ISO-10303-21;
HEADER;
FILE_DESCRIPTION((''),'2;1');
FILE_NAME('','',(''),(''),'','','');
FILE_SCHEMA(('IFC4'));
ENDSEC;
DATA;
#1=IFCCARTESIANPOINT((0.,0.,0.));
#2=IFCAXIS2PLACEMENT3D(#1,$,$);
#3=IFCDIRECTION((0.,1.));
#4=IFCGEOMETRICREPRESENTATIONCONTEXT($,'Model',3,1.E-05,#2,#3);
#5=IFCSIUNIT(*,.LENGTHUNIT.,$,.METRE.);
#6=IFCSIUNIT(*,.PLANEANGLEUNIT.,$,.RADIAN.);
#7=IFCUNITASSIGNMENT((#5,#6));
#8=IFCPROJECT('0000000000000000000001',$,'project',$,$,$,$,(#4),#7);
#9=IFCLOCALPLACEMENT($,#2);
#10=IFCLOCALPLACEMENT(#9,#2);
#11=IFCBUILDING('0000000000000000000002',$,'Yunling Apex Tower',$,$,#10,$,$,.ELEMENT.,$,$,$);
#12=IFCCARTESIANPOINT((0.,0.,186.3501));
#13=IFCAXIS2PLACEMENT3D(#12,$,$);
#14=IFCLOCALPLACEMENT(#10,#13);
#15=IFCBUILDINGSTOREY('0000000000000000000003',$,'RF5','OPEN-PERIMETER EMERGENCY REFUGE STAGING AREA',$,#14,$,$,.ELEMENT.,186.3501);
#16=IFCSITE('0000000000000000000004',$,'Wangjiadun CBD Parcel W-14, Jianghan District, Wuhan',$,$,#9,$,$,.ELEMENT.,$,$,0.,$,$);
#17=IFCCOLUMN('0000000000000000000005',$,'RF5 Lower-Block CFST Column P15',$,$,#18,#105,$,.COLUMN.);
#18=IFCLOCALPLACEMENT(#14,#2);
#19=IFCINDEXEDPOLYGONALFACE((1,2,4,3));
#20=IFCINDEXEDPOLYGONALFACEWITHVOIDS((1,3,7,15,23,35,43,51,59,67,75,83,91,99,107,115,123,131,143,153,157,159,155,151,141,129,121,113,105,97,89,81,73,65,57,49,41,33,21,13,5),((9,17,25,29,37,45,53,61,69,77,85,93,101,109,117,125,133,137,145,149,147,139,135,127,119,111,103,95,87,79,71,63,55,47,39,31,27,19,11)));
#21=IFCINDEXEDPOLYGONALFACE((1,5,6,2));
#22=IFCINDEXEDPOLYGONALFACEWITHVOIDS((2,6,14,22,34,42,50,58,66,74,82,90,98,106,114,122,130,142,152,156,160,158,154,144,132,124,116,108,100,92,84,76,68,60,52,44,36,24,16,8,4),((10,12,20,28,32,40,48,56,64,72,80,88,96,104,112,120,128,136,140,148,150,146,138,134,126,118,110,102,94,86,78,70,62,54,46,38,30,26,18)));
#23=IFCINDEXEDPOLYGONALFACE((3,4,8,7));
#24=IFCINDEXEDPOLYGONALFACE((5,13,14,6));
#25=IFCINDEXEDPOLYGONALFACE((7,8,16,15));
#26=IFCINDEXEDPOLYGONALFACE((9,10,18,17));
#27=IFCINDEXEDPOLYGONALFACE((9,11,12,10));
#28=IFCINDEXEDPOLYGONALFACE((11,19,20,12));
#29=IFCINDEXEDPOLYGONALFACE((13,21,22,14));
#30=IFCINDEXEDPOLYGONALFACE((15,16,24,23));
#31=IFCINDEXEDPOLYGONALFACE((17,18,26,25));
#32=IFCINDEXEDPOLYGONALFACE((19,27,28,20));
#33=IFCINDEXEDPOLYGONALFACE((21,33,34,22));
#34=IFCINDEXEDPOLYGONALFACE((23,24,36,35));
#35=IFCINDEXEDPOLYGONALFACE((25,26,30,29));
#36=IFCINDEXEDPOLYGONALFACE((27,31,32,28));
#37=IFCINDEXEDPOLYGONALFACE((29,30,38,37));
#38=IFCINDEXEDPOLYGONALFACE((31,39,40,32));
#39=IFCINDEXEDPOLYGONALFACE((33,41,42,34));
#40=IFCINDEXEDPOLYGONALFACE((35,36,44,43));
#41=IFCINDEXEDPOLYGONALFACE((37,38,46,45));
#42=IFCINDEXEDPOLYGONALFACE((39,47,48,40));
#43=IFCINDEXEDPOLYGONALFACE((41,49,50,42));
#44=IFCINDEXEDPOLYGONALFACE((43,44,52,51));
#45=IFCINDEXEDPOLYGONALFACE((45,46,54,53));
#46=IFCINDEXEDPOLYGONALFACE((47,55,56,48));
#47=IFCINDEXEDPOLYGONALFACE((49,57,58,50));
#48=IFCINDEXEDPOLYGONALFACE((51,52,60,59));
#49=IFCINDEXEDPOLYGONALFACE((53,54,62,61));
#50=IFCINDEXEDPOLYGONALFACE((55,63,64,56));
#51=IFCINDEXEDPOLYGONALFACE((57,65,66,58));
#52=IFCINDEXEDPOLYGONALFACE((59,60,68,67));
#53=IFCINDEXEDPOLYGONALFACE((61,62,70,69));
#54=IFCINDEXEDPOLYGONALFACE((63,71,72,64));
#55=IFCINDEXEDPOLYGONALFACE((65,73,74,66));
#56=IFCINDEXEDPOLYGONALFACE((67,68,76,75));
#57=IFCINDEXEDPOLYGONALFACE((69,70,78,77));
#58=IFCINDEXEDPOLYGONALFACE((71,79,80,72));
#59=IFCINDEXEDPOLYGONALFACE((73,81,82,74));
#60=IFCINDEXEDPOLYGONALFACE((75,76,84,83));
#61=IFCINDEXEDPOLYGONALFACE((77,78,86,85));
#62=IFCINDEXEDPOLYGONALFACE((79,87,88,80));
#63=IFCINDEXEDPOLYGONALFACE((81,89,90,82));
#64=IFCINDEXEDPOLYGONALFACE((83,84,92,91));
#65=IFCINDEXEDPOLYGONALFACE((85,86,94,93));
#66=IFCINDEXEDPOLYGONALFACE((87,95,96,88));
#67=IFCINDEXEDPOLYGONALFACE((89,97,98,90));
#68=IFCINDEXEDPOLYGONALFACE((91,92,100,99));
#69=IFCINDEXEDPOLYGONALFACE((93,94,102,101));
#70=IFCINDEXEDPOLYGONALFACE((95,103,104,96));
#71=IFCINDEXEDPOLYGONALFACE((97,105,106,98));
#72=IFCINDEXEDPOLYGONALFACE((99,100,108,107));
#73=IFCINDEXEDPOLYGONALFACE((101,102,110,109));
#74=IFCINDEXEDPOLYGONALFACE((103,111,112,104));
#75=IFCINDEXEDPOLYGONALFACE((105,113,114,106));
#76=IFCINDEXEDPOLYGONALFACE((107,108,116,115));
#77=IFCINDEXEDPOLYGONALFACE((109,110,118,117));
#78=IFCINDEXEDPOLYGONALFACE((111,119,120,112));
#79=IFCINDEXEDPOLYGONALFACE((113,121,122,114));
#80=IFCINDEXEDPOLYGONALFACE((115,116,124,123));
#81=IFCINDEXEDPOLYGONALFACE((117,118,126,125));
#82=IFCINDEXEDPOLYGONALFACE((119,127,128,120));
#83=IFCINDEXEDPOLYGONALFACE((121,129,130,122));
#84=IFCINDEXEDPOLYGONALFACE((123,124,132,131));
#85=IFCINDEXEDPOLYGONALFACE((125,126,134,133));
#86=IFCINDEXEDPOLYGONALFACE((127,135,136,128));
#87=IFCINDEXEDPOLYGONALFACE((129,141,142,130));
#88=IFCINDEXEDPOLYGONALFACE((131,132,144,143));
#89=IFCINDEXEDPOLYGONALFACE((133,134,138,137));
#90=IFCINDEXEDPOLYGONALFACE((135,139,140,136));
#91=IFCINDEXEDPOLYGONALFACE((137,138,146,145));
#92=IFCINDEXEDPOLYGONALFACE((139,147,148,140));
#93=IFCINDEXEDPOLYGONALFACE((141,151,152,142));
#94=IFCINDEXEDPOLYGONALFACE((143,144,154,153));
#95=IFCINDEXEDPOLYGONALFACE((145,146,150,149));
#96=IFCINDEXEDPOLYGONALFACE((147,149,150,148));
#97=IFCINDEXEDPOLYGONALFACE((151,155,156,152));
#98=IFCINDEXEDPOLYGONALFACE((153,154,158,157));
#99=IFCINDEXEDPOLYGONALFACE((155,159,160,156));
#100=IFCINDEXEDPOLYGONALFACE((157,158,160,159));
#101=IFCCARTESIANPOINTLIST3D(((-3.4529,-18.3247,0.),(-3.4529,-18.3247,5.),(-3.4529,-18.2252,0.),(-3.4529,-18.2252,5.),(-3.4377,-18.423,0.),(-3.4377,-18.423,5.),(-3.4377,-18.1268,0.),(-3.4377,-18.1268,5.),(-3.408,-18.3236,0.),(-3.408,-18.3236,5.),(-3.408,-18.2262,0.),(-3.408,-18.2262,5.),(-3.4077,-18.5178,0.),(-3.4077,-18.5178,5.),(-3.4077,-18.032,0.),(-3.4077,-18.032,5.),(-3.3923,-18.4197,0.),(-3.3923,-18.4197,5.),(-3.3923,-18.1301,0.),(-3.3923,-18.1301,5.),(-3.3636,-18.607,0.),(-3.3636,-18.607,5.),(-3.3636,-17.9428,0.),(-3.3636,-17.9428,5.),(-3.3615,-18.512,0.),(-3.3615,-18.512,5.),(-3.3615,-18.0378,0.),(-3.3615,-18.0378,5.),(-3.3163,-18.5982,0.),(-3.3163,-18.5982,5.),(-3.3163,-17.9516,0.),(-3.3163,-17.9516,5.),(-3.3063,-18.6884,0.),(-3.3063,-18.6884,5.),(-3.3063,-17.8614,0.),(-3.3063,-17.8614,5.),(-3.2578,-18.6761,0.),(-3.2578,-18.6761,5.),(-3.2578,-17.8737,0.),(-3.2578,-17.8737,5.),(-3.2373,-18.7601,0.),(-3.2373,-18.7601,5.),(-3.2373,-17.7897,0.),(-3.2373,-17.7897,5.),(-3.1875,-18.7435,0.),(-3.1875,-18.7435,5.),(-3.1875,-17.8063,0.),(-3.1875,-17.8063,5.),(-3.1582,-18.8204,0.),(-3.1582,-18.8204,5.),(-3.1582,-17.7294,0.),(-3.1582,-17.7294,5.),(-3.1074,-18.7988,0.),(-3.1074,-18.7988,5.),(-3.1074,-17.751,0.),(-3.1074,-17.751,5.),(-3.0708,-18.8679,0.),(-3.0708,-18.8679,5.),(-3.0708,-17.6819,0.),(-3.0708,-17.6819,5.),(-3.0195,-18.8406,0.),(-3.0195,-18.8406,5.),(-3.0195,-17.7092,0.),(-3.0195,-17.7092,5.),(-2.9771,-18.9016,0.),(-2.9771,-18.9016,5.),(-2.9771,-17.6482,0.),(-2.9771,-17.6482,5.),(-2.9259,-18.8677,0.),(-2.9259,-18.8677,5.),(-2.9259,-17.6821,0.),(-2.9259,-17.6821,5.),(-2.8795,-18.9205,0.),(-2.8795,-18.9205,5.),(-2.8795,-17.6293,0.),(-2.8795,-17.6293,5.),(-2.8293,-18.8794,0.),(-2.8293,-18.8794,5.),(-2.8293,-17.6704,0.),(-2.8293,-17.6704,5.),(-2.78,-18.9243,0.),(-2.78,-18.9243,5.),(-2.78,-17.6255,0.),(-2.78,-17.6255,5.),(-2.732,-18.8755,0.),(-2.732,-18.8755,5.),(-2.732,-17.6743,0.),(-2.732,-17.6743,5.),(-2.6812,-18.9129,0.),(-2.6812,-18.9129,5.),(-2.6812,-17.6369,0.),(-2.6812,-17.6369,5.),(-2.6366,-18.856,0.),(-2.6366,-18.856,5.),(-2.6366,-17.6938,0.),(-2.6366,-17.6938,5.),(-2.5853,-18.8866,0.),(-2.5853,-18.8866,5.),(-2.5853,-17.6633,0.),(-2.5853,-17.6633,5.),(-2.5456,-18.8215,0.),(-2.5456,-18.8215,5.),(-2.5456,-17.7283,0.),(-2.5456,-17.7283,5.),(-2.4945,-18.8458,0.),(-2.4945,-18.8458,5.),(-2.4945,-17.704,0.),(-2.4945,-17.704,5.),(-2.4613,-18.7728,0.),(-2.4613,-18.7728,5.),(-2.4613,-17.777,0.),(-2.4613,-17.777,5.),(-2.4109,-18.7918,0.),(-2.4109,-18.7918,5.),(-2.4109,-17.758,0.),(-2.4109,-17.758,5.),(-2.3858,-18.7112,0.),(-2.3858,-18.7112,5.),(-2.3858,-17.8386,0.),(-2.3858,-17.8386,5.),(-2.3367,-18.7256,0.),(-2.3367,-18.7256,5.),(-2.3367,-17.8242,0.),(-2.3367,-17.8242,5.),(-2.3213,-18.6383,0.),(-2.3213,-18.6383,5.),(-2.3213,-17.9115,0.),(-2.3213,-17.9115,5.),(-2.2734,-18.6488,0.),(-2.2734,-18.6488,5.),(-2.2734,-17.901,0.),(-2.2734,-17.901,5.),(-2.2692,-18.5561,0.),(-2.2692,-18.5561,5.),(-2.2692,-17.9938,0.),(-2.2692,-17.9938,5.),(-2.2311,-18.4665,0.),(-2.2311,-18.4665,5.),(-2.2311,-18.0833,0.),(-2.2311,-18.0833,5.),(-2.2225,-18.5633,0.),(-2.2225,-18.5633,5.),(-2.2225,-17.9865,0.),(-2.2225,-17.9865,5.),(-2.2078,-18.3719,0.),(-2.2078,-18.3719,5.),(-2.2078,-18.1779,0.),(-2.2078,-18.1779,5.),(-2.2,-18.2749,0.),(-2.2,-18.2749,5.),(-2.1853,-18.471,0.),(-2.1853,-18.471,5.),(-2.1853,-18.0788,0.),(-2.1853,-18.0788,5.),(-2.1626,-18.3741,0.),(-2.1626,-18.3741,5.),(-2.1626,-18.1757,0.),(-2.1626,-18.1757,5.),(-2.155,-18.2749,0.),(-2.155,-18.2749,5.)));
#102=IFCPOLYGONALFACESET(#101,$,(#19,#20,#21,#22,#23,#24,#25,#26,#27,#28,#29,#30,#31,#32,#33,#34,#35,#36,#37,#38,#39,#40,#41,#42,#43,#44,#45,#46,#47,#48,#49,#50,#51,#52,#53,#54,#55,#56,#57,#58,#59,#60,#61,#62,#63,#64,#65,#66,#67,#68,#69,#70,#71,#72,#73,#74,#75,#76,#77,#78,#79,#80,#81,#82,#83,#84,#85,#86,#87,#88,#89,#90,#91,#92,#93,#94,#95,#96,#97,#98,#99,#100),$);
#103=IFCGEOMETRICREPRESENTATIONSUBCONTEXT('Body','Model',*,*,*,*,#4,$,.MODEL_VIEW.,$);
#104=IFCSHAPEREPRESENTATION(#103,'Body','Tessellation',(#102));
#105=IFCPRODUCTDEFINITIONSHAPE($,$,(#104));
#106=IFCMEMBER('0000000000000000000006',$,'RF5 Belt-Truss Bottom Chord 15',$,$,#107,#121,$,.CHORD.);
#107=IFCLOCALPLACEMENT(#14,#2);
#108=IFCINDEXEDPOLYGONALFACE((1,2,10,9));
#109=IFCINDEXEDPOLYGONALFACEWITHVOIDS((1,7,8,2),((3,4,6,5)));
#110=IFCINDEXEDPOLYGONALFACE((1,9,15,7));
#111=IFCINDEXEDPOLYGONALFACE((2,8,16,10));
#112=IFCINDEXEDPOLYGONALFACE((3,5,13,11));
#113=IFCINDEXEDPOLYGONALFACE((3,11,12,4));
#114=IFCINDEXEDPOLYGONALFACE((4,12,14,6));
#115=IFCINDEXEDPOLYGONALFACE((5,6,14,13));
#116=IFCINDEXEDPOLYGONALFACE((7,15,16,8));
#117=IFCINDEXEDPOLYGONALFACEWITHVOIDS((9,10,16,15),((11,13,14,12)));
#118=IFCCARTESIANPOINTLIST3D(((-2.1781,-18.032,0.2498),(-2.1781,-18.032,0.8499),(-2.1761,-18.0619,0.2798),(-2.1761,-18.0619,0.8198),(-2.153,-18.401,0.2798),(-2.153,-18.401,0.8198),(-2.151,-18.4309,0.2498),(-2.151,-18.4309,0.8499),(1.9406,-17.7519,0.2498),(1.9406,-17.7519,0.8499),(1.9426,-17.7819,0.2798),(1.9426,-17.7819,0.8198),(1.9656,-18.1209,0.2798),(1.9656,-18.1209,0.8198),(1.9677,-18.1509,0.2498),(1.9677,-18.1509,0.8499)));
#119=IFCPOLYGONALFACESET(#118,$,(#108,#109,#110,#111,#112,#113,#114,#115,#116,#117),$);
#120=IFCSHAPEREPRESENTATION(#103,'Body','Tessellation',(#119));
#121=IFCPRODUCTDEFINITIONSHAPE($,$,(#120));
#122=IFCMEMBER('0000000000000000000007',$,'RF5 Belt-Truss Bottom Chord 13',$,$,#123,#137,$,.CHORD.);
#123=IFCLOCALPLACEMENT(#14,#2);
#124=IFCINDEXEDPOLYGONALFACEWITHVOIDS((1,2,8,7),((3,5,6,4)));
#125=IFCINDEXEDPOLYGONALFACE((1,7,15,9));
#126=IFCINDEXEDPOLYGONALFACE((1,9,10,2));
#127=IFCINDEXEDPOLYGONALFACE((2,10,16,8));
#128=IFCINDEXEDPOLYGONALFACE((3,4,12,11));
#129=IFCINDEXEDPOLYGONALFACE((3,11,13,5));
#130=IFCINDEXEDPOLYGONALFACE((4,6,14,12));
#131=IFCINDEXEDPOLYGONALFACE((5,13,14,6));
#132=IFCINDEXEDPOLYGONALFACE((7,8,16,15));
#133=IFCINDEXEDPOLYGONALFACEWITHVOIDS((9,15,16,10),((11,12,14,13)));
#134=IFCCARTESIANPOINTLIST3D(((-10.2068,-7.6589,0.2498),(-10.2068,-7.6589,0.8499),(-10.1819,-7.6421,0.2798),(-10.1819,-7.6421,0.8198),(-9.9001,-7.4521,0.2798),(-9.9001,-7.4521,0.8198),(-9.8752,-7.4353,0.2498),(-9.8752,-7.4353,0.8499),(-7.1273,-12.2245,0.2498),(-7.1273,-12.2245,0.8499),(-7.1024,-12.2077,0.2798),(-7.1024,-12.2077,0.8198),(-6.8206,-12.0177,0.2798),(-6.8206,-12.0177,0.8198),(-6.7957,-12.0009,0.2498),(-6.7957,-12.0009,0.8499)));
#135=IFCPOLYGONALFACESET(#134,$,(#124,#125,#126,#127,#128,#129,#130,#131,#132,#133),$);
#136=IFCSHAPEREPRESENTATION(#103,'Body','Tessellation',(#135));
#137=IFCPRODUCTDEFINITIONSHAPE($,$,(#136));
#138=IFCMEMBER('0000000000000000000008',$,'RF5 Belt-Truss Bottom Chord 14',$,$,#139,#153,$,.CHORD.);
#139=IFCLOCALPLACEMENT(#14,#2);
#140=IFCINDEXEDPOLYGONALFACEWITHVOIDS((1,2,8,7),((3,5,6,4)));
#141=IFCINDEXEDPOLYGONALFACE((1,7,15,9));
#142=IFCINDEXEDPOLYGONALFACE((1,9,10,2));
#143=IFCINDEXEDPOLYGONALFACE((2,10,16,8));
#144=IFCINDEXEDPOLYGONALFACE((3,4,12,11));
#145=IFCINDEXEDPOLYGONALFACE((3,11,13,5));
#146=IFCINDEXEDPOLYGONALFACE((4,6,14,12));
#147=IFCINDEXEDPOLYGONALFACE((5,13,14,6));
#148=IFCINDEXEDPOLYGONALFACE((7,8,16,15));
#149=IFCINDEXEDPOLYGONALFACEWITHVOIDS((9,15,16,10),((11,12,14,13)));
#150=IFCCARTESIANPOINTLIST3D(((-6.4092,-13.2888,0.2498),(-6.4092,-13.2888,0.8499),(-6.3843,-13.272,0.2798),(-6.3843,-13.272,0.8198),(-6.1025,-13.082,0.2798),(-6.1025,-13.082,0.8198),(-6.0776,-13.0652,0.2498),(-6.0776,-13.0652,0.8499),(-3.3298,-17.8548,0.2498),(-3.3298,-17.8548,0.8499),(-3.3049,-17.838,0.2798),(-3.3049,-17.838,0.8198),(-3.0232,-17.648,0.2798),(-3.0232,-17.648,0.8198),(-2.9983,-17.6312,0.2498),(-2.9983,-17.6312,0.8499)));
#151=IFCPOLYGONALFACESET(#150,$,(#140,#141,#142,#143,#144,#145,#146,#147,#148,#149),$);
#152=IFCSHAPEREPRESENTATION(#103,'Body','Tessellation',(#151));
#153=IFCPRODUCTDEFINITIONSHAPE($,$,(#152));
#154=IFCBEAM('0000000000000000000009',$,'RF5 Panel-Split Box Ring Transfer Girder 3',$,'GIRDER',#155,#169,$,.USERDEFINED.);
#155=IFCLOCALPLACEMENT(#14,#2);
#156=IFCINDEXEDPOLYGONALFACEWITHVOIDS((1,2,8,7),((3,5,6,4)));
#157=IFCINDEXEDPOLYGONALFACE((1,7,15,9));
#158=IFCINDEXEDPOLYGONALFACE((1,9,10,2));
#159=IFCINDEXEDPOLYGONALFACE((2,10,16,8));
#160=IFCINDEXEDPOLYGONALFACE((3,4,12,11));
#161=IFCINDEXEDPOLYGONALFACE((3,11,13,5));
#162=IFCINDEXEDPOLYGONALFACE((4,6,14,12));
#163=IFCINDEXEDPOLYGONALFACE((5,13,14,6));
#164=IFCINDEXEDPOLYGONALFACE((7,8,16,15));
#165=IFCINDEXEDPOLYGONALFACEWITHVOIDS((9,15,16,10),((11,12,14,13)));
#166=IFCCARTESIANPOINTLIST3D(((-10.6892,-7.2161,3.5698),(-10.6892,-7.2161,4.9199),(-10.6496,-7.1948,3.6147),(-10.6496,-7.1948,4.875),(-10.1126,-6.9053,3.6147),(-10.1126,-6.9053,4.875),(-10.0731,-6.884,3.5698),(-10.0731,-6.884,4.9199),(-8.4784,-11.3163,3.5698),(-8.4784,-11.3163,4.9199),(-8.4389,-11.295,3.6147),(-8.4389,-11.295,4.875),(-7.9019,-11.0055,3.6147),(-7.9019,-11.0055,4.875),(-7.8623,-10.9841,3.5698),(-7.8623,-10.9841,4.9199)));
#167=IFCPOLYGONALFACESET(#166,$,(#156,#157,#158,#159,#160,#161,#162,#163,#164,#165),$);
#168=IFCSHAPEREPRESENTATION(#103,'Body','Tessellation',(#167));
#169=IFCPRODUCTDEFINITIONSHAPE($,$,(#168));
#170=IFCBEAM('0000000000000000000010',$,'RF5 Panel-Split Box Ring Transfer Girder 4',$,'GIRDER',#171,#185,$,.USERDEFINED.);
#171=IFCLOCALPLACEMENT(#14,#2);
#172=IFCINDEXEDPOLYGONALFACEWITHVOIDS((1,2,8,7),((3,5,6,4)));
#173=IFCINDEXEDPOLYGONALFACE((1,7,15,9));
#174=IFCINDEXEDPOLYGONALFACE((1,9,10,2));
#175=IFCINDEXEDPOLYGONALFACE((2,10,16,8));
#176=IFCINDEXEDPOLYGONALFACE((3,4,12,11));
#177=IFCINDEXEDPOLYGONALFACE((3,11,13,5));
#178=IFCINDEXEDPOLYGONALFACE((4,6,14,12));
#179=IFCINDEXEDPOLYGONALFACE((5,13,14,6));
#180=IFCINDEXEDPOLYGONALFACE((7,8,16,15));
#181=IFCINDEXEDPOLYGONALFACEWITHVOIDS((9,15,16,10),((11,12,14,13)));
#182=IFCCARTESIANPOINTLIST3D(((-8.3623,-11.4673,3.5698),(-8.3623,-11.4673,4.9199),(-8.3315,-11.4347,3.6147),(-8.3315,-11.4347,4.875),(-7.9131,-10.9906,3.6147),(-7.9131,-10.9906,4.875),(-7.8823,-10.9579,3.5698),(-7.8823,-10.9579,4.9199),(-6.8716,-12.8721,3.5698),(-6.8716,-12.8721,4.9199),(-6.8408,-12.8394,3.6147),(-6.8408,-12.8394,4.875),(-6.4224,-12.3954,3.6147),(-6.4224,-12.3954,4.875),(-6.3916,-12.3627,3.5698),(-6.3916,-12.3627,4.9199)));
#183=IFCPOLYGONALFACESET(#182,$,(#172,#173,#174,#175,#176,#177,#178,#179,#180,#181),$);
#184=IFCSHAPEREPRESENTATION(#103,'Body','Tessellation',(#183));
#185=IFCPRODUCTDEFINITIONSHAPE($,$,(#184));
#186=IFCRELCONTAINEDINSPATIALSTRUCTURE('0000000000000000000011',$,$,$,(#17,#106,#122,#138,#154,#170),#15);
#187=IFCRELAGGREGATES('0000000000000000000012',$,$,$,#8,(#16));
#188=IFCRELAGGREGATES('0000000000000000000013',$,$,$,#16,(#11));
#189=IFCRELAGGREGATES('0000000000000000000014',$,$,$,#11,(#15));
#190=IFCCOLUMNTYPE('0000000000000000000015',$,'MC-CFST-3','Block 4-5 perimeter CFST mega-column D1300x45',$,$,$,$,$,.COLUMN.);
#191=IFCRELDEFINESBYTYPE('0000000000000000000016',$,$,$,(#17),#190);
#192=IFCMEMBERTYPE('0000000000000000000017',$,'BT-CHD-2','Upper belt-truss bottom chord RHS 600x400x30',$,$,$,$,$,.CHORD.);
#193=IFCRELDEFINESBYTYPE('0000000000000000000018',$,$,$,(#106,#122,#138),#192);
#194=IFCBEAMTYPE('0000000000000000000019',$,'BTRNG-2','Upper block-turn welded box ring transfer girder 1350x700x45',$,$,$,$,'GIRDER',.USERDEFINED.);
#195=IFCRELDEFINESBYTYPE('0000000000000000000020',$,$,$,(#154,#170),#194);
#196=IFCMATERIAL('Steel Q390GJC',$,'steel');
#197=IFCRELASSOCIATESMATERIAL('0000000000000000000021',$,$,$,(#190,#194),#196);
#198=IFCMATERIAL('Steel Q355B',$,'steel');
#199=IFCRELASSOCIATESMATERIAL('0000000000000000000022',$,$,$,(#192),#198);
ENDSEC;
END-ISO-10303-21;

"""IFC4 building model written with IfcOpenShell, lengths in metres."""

from ifc_helpers import new_model, si_unit, direction, frame, origin, origin_2d, place, context, subcontext, project, spatial, hollow_rectangle, hollow_circle, extrude, source, transform, mapped, material, material_profile, profile_set, type_object, element, save


model = new_model("IFC4")

# Units and contexts
model_context = context("Model", 3, precision=1e-05, world=origin(), true_north=direction((0.0, 1.0)))
body_context = subcontext(model_context, "Body", "Model", "MODEL_VIEW")
ifc_project = project(units=[si_unit("LENGTHUNIT", "METRE"), si_unit("PLANEANGLEUNIT", "RADIAN")], contexts=[model_context])

# Site, building, storey
site_placement = place(None, origin())
site = spatial("IfcSite", under=ifc_project, at=site_placement, Name="Wangjiadun CBD Parcel W-14, Jianghan District, Wuhan", CompositionType="ELEMENT", RefElevation=0.0)
building_placement = place(site_placement, origin())
building = spatial("IfcBuilding", under=site, at=building_placement, Name="Yunling Apex Tower", CompositionType="ELEMENT")
storey_placement = place(building_placement, frame((0.0, 0.0, 186.3501)))
storey = spatial("IfcBuildingStorey", under=building, at=storey_placement, Name="RF5", Description="OPEN-PERIMETER EMERGENCY REFUGE STAGING AREA", CompositionType="ELEMENT", Elevation=186.3501)

# Column
ifc_material_1 = material(Name="Steel Q390GJC", Category="steel")
ifc_material_profile_1 = material_profile(ifc_material_1, hollow_circle(Radius=0.6499, WallThickness=0.0449, at=origin_2d()))
ifc_profile_set_1 = profile_set([ifc_material_profile_1], Name="Steel Q390GJC")
column_type = type_object("IfcColumnType", Name="MC-CFST-3", Description="Block 4-5 perimeter CFST mega-column D1300x45", PredefinedType="COLUMN", material=ifc_profile_set_1)
shared_shape_1 = source(origin(), body_context, "Body", "SweptSolid", [
    extrude(hollow_circle(Radius=0.6499, WallThickness=0.0449, at=origin_2d()), origin(), (0.0, 0.0, 1.0), 5.0),
])
for number, where, z_axis, x_axis, name in (
    (1, (-2.8049, -18.2749, 0.0), (0.0, 0.0, 1.0), (1.0, 0.0, 0.0), "RF5 Lower-Block CFST Column P15"),
):
    element("IfcColumn", number, at=place(storey_placement, frame(where, z_axis=z_axis, x_axis=x_axis)), inside=storey, type_object=column_type, Name=name, PredefinedType="COLUMN", context=body_context, shape_type="MappedRepresentation", body=[
        mapped(shared_shape_1, transform((0.0, 0.0, 0.0), scale=1.0)),
    ])

# Members
ifc_material_2 = material(Name="Steel Q355B", Category="steel")
ifc_material_profile_2 = material_profile(ifc_material_2, hollow_rectangle(XDim=0.3999, YDim=0.6001, WallThickness=0.03, at=origin_2d()))
ifc_profile_set_2 = profile_set([ifc_material_profile_2], Name="Steel Q355B")
member_type_1 = type_object("IfcMemberType", Name="BT-CHD-2", Description="Upper belt-truss bottom chord RHS 600x400x30", PredefinedType="CHORD", material=ifc_profile_set_2)
shared_shape_2 = source(origin(), body_context, "Body", "SweptSolid", [
    extrude(hollow_rectangle(XDim=0.3999, YDim=0.6001, WallThickness=0.03, at=origin_2d()), origin(), (0.0, 0.0, 1.0), 4.1282),
])
member_1_placement = place(storey_placement, frame((-2.1646, -18.2314, 0.5498), z_axis=(0.997697, 0.067834, 0.0), x_axis=(-0.067834, 0.997697, 0.0)))
element("IfcMember", 2, at=member_1_placement, inside=storey, type_object=member_type_1, Name="RF5 Belt-Truss Bottom Chord 15", PredefinedType="CHORD", context=body_context, shape_type="MappedRepresentation", body=[
    mapped(shared_shape_2, transform((0.0, 0.0, 0.0), scale=1.0)),
])
shared_shape_3 = source(origin(), body_context, "Body", "SweptSolid", [
    extrude(hollow_rectangle(XDim=0.3999, YDim=0.6001, WallThickness=0.03, at=origin_2d()), origin(), (0.0, 0.0, 1.0), 5.5071),
])
member_2_placement = place(storey_placement, frame((-10.041, -7.5471, 0.5498), z_axis=(0.559193, -0.829037, 0.0), x_axis=(0.829037, 0.559193, 0.0)))
element("IfcMember", 3, at=member_2_placement, inside=storey, type_object=member_type_1, Name="RF5 Belt-Truss Bottom Chord 13", PredefinedType="CHORD", context=body_context, shape_type="MappedRepresentation", body=[
    mapped(shared_shape_3, transform((0.0, 0.0, 0.0), scale=1.0)),
])
shared_shape_4 = source(origin(), body_context, "Body", "SweptSolid", [
    extrude(hollow_rectangle(XDim=0.3999, YDim=0.6001, WallThickness=0.03, at=origin_2d()), origin(), (0.0, 0.0, 1.0), 5.5073),
])
member_3_placement = place(storey_placement, frame((-6.2434, -13.177, 0.5498), z_axis=(0.559142, -0.829072, 0.0), x_axis=(0.829072, 0.559142, 0.0)))
element("IfcMember", 4, at=member_3_placement, inside=storey, type_object=member_type_1, Name="RF5 Belt-Truss Bottom Chord 14", PredefinedType="CHORD", context=body_context, shape_type="MappedRepresentation", body=[
    mapped(shared_shape_4, transform((0.0, 0.0, 0.0), scale=1.0)),
])

# Beams
ifc_material_profile_3 = material_profile(ifc_material_1, hollow_rectangle(XDim=0.7, YDim=1.3501, WallThickness=0.0449, at=origin_2d()))
ifc_profile_set_3 = profile_set([ifc_material_profile_3], Name="Steel Q390GJC")
beam_type = type_object("IfcBeamType", Name="BTRNG-2", Description="Upper block-turn welded box ring transfer girder 1350x700x45", ElementType="GIRDER", PredefinedType="USERDEFINED", material=ifc_profile_set_3)
shared_shape_5 = source(origin(), body_context, "Body", "SweptSolid", [
    extrude(hollow_rectangle(XDim=0.7, YDim=1.3501, WallThickness=0.0449, at=origin_2d()), origin(), (0.0, 0.0, 1.0), 4.6582),
])
beam_1_placement = place(storey_placement, frame((-10.3811, -7.05, 4.2449), z_axis=(0.47459, -0.880207, 0.0), x_axis=(0.880207, 0.47459, 0.0)))
element("IfcBeam", 5, at=beam_1_placement, inside=storey, type_object=beam_type, Name="RF5 Panel-Split Box Ring Transfer Girder 3", ObjectType="GIRDER", PredefinedType="USERDEFINED", context=body_context, shape_type="MappedRepresentation", body=[
    mapped(shared_shape_5, transform((0.0, 0.0, 0.0), scale=1.0)),
])
shared_shape_6 = source(origin(), body_context, "Body", "SweptSolid", [
    extrude(hollow_rectangle(XDim=0.7, YDim=1.3501, WallThickness=0.0449, at=origin_2d()), origin(), (0.0, 0.0, 1.0), 2.0483),
])
beam_2_placement = place(storey_placement, frame((-8.1223, -11.2126, 4.2449), z_axis=(0.727773, -0.685818, 0.0), x_axis=(0.685818, 0.727773, 0.0)))
element("IfcBeam", 6, at=beam_2_placement, inside=storey, type_object=beam_type, Name="RF5 Panel-Split Box Ring Transfer Girder 4", ObjectType="GIRDER", PredefinedType="USERDEFINED", context=body_context, shape_type="MappedRepresentation", body=[
    mapped(shared_shape_6, transform((0.0, 0.0, 0.0), scale=1.0)),
])

save(model, "model.ifc")
